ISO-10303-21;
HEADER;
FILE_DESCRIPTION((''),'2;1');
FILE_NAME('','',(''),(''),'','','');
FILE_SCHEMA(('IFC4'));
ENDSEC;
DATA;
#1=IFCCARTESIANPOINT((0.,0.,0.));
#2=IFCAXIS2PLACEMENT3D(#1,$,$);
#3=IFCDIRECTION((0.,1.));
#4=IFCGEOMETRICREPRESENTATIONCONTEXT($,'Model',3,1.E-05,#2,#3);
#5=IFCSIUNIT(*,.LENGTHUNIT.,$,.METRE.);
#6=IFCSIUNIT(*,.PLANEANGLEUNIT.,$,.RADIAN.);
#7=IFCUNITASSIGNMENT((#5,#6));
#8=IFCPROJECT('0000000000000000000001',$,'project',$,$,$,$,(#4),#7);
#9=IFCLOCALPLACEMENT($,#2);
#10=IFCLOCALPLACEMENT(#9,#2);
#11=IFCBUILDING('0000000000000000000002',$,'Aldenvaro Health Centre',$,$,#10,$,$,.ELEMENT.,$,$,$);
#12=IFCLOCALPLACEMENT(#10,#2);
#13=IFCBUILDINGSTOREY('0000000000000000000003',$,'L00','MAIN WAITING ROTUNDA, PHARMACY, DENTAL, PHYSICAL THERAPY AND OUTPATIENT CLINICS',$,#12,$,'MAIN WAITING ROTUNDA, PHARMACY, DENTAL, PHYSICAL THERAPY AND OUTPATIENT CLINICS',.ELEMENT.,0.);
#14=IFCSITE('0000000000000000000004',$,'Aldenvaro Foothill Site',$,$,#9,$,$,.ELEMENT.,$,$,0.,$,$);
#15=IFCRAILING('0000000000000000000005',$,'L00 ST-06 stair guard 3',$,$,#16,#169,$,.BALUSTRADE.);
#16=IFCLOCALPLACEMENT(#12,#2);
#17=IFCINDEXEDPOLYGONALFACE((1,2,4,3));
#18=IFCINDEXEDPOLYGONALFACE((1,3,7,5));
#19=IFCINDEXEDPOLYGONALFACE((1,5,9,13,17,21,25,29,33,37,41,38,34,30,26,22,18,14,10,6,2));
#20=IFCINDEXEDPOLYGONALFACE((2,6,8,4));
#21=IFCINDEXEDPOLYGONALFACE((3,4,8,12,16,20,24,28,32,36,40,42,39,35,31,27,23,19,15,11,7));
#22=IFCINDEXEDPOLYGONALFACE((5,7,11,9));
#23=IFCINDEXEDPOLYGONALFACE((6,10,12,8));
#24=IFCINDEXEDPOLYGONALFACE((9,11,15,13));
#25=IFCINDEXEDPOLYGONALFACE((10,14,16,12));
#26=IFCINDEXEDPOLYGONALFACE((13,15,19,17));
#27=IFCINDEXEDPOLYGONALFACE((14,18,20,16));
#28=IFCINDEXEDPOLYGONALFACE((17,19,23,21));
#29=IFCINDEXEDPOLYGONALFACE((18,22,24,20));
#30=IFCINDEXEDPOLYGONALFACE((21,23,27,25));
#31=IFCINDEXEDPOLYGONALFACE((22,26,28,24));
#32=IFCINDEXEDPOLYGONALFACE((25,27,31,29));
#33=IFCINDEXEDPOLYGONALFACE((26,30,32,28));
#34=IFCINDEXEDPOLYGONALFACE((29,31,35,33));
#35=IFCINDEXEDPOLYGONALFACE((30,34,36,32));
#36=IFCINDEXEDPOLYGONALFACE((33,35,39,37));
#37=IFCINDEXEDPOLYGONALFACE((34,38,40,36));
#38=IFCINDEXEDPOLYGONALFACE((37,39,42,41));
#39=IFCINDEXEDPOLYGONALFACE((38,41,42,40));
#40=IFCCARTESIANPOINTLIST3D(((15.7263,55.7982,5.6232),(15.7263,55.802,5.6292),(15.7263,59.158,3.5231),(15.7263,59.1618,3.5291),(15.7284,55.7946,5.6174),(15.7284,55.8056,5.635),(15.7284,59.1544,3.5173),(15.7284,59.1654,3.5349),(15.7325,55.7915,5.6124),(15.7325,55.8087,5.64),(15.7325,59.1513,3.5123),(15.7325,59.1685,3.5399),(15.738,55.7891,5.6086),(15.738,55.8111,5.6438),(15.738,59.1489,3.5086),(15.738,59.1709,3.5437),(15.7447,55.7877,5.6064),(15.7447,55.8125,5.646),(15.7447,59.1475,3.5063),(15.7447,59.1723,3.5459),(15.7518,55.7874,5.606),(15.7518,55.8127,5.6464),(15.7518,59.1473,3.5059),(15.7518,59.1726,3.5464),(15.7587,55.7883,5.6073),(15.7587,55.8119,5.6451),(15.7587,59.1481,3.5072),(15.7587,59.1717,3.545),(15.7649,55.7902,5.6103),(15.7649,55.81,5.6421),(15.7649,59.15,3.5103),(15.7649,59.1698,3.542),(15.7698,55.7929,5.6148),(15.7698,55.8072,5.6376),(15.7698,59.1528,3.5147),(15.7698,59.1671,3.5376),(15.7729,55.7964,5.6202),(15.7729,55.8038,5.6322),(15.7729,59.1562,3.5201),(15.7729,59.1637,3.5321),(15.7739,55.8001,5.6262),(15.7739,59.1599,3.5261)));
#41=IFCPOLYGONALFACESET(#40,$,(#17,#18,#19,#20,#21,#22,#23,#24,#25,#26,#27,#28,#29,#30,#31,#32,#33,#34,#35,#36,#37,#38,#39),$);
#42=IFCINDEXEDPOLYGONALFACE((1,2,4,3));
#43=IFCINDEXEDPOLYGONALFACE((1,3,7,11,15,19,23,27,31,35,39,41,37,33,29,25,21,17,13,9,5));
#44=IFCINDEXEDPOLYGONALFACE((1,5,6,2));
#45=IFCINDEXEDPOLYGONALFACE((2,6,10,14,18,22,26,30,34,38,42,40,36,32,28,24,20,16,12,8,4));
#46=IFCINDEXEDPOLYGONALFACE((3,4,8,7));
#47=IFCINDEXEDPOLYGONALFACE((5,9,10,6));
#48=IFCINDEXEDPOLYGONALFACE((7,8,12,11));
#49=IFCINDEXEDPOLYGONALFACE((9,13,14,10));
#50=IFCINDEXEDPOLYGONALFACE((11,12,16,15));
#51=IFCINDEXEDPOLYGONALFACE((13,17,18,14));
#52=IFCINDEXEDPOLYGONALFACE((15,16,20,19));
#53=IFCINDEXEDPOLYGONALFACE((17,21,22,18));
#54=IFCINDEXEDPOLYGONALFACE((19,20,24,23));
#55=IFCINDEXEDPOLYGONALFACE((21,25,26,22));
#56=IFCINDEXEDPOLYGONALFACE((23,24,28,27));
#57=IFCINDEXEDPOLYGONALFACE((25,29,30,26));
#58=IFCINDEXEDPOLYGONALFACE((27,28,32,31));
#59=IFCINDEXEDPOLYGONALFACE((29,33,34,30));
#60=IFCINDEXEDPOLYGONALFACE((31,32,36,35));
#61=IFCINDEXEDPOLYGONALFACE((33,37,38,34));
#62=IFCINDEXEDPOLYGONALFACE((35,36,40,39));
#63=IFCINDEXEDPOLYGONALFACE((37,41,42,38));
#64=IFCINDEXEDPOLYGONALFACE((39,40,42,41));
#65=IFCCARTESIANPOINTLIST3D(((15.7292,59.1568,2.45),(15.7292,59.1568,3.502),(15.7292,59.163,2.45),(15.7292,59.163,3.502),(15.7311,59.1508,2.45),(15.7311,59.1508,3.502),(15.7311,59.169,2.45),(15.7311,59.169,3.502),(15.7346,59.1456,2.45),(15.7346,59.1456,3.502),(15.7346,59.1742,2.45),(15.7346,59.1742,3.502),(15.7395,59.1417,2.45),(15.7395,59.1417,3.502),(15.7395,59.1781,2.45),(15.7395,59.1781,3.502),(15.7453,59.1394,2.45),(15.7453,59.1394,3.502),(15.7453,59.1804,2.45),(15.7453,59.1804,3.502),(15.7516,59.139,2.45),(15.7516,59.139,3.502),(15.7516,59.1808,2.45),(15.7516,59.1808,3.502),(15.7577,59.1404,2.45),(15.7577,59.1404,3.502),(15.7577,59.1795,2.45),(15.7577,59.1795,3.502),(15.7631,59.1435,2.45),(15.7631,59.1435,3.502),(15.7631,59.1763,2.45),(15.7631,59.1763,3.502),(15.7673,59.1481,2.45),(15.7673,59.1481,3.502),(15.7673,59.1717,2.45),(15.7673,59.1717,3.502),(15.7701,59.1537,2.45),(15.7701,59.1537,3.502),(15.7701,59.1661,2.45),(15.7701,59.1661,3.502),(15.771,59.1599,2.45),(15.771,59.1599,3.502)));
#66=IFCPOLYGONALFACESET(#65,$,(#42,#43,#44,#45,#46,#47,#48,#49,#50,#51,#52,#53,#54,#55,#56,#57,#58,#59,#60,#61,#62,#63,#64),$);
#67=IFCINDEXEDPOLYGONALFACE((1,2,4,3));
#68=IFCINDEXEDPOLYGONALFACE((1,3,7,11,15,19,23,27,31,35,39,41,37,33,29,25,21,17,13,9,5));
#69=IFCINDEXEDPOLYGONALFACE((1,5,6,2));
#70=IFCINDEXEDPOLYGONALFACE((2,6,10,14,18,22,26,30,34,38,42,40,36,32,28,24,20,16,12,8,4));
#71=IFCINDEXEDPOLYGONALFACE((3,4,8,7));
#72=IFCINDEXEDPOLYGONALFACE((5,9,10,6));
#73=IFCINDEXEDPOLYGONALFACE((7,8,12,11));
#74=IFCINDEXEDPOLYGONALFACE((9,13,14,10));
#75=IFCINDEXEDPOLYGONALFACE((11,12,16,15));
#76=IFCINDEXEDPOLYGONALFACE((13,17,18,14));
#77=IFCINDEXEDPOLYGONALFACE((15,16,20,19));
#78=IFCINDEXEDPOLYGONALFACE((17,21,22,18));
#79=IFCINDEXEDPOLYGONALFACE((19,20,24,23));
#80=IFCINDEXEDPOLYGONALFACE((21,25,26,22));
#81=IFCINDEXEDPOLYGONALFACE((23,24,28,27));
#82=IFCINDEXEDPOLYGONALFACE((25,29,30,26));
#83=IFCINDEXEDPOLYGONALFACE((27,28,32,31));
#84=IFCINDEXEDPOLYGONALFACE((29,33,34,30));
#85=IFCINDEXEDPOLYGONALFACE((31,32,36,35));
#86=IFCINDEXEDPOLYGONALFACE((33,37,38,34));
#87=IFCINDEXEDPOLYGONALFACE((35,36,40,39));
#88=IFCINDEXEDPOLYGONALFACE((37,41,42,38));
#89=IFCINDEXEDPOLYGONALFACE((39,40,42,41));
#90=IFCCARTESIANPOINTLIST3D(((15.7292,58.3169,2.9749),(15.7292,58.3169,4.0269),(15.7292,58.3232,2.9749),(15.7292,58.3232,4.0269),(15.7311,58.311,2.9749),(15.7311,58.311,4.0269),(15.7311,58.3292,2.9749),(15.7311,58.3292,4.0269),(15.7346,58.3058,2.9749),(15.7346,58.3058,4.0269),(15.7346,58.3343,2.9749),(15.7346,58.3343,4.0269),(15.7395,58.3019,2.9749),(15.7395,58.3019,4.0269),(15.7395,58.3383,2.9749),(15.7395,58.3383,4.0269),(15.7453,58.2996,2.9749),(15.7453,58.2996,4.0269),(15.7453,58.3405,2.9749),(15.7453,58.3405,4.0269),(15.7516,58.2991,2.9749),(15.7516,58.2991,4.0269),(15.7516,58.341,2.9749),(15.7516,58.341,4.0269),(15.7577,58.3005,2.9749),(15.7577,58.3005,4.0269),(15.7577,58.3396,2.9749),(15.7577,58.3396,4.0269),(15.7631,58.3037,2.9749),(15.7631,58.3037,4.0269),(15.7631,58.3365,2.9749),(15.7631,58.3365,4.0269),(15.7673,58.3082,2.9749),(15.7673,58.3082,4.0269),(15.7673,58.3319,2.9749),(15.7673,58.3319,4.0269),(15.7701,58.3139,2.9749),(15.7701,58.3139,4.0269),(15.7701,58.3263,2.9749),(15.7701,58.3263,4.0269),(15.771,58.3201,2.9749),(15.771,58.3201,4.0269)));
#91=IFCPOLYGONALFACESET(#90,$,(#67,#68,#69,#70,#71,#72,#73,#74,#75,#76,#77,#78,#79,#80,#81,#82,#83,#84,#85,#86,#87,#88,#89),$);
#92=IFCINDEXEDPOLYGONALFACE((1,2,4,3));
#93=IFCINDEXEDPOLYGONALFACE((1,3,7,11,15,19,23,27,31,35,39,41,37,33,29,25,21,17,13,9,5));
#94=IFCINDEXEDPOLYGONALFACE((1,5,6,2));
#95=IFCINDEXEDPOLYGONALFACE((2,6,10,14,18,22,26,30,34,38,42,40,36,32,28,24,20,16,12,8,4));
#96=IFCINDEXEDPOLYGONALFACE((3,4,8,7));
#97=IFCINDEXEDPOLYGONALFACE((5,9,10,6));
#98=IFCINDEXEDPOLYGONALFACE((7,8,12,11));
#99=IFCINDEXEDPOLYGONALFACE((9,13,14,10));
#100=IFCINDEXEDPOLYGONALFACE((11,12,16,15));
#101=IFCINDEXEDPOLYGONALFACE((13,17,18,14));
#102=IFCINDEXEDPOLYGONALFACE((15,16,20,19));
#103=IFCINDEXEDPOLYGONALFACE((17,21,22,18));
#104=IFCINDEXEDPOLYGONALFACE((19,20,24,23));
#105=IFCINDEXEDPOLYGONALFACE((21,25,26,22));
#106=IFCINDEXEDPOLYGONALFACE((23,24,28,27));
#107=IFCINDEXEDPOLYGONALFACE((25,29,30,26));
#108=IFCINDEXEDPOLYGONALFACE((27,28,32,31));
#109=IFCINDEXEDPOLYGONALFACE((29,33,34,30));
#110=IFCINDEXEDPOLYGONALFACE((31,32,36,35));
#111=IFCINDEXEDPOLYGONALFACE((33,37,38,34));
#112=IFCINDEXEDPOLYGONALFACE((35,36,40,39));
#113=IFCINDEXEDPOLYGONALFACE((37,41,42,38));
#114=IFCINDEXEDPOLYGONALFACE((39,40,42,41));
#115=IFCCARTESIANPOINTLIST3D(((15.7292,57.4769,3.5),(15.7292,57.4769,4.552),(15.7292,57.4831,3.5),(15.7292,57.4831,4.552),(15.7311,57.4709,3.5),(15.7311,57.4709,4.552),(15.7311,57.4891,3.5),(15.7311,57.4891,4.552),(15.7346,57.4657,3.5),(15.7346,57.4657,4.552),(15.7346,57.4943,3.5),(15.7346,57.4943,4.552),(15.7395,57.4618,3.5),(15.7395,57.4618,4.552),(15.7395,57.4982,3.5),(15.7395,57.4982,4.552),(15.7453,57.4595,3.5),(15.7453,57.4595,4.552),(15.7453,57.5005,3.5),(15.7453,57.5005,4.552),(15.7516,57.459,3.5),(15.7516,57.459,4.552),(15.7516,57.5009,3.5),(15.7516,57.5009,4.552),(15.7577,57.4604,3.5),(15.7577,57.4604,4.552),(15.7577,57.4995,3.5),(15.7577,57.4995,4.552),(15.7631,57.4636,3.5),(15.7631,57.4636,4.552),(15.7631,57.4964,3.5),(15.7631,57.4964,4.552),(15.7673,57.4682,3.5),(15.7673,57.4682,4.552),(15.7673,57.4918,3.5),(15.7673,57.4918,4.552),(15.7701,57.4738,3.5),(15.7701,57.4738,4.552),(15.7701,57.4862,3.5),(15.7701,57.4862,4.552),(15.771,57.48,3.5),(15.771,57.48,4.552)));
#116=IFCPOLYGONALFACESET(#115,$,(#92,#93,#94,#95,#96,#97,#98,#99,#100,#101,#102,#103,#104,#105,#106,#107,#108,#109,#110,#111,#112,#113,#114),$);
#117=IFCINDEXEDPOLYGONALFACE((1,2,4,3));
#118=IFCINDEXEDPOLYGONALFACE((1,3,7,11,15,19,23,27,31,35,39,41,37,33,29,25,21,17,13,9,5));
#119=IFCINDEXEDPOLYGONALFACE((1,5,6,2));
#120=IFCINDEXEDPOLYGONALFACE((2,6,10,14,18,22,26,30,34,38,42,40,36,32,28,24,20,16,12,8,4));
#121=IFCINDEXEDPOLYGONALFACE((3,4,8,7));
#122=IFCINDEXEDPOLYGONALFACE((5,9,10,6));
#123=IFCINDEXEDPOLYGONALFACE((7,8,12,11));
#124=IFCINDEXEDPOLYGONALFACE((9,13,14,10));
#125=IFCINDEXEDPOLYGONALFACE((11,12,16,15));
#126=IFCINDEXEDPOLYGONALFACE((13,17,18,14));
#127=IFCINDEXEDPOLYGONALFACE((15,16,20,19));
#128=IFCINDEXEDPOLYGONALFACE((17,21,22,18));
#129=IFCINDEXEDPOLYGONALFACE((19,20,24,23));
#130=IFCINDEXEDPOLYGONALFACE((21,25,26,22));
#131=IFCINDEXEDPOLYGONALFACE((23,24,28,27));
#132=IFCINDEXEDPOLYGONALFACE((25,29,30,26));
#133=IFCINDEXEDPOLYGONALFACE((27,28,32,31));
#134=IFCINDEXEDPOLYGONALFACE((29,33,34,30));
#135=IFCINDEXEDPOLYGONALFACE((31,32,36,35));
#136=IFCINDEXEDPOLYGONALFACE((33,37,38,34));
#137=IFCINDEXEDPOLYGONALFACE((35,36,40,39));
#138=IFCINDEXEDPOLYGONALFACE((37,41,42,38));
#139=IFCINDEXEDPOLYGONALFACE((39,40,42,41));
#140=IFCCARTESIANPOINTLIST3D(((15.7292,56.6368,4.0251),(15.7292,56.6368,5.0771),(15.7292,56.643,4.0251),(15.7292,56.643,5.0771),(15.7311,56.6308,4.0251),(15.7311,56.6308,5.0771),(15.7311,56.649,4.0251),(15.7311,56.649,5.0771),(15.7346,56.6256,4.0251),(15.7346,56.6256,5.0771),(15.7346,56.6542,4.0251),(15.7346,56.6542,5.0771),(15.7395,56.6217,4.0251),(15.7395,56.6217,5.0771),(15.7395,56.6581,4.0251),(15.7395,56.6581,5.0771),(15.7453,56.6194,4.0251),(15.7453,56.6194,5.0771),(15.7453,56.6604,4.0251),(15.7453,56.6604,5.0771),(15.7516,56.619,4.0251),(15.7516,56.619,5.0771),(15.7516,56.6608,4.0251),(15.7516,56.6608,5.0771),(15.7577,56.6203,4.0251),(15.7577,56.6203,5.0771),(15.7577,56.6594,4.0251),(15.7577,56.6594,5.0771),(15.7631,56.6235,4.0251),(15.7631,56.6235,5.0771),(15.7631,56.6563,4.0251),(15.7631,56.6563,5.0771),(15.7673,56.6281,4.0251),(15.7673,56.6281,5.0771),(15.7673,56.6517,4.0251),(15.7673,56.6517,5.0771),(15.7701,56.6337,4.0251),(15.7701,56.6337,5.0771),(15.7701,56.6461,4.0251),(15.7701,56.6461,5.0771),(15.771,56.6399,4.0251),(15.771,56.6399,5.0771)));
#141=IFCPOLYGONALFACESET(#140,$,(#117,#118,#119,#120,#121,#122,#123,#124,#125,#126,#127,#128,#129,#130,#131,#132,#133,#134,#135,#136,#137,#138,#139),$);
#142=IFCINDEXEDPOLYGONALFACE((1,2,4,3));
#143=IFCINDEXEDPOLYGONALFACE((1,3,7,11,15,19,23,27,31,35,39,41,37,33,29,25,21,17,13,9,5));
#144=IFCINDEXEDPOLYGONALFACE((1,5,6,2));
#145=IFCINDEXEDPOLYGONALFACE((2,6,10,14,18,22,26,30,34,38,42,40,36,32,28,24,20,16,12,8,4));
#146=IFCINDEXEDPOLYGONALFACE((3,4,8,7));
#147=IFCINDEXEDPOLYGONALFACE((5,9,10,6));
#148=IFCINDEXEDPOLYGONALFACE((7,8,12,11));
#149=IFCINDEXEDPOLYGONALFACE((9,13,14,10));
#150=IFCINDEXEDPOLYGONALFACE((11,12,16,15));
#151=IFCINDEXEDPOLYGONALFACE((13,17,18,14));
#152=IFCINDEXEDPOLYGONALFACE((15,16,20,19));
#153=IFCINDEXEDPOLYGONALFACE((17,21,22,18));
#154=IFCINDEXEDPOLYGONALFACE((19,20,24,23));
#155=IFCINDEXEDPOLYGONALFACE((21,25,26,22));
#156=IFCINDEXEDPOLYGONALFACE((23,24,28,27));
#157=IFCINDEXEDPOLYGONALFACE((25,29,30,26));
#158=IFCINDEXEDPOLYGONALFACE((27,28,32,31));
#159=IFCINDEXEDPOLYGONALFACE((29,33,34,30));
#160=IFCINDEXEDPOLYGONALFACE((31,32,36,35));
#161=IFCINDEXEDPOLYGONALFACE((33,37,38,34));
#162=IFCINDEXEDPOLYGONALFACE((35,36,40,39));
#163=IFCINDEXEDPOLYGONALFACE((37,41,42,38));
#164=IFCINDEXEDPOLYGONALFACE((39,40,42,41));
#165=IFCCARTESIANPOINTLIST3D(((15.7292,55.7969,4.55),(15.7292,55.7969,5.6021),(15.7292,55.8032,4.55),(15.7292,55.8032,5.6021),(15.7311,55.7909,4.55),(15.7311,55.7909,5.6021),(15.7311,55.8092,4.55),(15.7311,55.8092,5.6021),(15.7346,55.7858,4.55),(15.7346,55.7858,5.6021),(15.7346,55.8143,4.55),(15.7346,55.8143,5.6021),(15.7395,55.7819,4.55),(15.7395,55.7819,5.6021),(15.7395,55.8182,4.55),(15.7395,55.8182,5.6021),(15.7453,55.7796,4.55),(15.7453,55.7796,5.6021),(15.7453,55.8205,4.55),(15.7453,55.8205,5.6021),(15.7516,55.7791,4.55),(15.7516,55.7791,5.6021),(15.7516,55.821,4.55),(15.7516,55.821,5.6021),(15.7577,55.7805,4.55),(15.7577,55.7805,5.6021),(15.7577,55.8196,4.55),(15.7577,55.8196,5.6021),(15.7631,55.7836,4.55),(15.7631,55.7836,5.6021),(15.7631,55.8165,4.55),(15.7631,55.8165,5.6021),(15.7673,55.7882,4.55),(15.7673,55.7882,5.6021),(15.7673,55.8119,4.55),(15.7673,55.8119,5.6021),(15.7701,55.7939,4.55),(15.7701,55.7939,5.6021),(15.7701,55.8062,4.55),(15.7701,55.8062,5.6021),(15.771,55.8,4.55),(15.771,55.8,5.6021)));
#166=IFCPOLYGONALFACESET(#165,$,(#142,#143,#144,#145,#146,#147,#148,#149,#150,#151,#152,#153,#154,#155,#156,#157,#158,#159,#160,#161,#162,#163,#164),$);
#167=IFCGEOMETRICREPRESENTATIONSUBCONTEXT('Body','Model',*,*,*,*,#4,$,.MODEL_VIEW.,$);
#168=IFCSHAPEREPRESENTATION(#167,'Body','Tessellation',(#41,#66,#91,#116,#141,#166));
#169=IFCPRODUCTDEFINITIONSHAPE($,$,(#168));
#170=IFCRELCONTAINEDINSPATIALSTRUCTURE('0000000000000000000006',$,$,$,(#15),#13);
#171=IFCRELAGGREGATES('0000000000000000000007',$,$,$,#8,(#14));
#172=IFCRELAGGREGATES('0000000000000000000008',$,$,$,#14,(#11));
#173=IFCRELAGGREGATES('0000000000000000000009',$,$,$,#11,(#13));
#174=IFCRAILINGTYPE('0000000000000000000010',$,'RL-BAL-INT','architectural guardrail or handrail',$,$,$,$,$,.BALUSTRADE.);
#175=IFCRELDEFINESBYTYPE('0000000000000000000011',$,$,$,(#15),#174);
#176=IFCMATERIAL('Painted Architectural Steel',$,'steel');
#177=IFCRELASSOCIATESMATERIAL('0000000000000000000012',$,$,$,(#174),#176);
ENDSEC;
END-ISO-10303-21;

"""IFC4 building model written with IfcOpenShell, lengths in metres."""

from ifc_helpers import new_model, si_unit, direction, frame, origin, origin_2d, place, context, subcontext, project, spatial, circle, extrude, material, type_object, element, save


model = new_model("IFC4")

# Units and contexts
model_context = context("Model", 3, precision=1e-05, world=origin(), true_north=direction((0.0, 1.0)))
body_context = subcontext(model_context, "Body", "Model", "MODEL_VIEW")
ifc_project = project(units=[si_unit("LENGTHUNIT", "METRE"), si_unit("PLANEANGLEUNIT", "RADIAN")], contexts=[model_context])

# Site, building, storey
site_placement = place(None, origin())
site = spatial("IfcSite", under=ifc_project, at=site_placement, Name="Aldenvaro Foothill Site", CompositionType="ELEMENT", RefElevation=0.0)
building_placement = place(site_placement, origin())
building = spatial("IfcBuilding", under=site, at=building_placement, Name="Aldenvaro Health Centre", CompositionType="ELEMENT")
storey_placement = place(building_placement, origin())
storey = spatial("IfcBuildingStorey", under=building, at=storey_placement, Name="L00", Description="MAIN WAITING ROTUNDA, PHARMACY, DENTAL, PHYSICAL THERAPY AND OUTPATIENT CLINICS", LongName="MAIN WAITING ROTUNDA, PHARMACY, DENTAL, PHYSICAL THERAPY AND OUTPATIENT CLINICS", CompositionType="ELEMENT", Elevation=0.0)

# Railing
ifc_material_1 = material(Name="Painted Architectural Steel", Category="steel")
railing_type_1 = type_object("IfcRailingType", Name="RL-BAL-INT", Description="architectural guardrail or handrail", PredefinedType="BALUSTRADE", material=ifc_material_1)
railing_1_placement = place(storey_placement, frame((15.75, 59.1599, 2.45)))
element("IfcRailing", 1, at=railing_1_placement, inside=storey, type_object=railing_type_1, Name="L00 ST-06 stair guard 3", PredefinedType="BALUSTRADE", context=body_context, shape_type="SweptSolid", body=[
    extrude(circle(Radius=0.0239, at=origin_2d()), frame((0.0, 0.0, 1.0762), z_axis=(0.0, -0.847978, 0.530032), x_axis=(1.0, 0.0, 0.0)), (0.0, 0.0, 1.0), 3.9622),
    extrude(circle(Radius=0.021, at=origin_2d()), origin(), (0.0, 0.0, 1.0), 1.052),
    extrude(circle(Radius=0.021, at=origin_2d()), frame((0.0, -0.8398, 0.5249)), (0.0, 0.0, 1.0), 1.052),
    extrude(circle(Radius=0.021, at=origin_2d()), frame((0.0, -1.6799, 1.05)), (0.0, 0.0, 1.0), 1.052),
    extrude(circle(Radius=0.021, at=origin_2d()), frame((0.0, -2.52, 1.5752)), (0.0, 0.0, 1.0), 1.052),
    extrude(circle(Radius=0.021, at=origin_2d()), frame((0.0, -3.3599, 2.1001)), (0.0, 0.0, 1.0), 1.052),
])

save(model, "model.ifc")
